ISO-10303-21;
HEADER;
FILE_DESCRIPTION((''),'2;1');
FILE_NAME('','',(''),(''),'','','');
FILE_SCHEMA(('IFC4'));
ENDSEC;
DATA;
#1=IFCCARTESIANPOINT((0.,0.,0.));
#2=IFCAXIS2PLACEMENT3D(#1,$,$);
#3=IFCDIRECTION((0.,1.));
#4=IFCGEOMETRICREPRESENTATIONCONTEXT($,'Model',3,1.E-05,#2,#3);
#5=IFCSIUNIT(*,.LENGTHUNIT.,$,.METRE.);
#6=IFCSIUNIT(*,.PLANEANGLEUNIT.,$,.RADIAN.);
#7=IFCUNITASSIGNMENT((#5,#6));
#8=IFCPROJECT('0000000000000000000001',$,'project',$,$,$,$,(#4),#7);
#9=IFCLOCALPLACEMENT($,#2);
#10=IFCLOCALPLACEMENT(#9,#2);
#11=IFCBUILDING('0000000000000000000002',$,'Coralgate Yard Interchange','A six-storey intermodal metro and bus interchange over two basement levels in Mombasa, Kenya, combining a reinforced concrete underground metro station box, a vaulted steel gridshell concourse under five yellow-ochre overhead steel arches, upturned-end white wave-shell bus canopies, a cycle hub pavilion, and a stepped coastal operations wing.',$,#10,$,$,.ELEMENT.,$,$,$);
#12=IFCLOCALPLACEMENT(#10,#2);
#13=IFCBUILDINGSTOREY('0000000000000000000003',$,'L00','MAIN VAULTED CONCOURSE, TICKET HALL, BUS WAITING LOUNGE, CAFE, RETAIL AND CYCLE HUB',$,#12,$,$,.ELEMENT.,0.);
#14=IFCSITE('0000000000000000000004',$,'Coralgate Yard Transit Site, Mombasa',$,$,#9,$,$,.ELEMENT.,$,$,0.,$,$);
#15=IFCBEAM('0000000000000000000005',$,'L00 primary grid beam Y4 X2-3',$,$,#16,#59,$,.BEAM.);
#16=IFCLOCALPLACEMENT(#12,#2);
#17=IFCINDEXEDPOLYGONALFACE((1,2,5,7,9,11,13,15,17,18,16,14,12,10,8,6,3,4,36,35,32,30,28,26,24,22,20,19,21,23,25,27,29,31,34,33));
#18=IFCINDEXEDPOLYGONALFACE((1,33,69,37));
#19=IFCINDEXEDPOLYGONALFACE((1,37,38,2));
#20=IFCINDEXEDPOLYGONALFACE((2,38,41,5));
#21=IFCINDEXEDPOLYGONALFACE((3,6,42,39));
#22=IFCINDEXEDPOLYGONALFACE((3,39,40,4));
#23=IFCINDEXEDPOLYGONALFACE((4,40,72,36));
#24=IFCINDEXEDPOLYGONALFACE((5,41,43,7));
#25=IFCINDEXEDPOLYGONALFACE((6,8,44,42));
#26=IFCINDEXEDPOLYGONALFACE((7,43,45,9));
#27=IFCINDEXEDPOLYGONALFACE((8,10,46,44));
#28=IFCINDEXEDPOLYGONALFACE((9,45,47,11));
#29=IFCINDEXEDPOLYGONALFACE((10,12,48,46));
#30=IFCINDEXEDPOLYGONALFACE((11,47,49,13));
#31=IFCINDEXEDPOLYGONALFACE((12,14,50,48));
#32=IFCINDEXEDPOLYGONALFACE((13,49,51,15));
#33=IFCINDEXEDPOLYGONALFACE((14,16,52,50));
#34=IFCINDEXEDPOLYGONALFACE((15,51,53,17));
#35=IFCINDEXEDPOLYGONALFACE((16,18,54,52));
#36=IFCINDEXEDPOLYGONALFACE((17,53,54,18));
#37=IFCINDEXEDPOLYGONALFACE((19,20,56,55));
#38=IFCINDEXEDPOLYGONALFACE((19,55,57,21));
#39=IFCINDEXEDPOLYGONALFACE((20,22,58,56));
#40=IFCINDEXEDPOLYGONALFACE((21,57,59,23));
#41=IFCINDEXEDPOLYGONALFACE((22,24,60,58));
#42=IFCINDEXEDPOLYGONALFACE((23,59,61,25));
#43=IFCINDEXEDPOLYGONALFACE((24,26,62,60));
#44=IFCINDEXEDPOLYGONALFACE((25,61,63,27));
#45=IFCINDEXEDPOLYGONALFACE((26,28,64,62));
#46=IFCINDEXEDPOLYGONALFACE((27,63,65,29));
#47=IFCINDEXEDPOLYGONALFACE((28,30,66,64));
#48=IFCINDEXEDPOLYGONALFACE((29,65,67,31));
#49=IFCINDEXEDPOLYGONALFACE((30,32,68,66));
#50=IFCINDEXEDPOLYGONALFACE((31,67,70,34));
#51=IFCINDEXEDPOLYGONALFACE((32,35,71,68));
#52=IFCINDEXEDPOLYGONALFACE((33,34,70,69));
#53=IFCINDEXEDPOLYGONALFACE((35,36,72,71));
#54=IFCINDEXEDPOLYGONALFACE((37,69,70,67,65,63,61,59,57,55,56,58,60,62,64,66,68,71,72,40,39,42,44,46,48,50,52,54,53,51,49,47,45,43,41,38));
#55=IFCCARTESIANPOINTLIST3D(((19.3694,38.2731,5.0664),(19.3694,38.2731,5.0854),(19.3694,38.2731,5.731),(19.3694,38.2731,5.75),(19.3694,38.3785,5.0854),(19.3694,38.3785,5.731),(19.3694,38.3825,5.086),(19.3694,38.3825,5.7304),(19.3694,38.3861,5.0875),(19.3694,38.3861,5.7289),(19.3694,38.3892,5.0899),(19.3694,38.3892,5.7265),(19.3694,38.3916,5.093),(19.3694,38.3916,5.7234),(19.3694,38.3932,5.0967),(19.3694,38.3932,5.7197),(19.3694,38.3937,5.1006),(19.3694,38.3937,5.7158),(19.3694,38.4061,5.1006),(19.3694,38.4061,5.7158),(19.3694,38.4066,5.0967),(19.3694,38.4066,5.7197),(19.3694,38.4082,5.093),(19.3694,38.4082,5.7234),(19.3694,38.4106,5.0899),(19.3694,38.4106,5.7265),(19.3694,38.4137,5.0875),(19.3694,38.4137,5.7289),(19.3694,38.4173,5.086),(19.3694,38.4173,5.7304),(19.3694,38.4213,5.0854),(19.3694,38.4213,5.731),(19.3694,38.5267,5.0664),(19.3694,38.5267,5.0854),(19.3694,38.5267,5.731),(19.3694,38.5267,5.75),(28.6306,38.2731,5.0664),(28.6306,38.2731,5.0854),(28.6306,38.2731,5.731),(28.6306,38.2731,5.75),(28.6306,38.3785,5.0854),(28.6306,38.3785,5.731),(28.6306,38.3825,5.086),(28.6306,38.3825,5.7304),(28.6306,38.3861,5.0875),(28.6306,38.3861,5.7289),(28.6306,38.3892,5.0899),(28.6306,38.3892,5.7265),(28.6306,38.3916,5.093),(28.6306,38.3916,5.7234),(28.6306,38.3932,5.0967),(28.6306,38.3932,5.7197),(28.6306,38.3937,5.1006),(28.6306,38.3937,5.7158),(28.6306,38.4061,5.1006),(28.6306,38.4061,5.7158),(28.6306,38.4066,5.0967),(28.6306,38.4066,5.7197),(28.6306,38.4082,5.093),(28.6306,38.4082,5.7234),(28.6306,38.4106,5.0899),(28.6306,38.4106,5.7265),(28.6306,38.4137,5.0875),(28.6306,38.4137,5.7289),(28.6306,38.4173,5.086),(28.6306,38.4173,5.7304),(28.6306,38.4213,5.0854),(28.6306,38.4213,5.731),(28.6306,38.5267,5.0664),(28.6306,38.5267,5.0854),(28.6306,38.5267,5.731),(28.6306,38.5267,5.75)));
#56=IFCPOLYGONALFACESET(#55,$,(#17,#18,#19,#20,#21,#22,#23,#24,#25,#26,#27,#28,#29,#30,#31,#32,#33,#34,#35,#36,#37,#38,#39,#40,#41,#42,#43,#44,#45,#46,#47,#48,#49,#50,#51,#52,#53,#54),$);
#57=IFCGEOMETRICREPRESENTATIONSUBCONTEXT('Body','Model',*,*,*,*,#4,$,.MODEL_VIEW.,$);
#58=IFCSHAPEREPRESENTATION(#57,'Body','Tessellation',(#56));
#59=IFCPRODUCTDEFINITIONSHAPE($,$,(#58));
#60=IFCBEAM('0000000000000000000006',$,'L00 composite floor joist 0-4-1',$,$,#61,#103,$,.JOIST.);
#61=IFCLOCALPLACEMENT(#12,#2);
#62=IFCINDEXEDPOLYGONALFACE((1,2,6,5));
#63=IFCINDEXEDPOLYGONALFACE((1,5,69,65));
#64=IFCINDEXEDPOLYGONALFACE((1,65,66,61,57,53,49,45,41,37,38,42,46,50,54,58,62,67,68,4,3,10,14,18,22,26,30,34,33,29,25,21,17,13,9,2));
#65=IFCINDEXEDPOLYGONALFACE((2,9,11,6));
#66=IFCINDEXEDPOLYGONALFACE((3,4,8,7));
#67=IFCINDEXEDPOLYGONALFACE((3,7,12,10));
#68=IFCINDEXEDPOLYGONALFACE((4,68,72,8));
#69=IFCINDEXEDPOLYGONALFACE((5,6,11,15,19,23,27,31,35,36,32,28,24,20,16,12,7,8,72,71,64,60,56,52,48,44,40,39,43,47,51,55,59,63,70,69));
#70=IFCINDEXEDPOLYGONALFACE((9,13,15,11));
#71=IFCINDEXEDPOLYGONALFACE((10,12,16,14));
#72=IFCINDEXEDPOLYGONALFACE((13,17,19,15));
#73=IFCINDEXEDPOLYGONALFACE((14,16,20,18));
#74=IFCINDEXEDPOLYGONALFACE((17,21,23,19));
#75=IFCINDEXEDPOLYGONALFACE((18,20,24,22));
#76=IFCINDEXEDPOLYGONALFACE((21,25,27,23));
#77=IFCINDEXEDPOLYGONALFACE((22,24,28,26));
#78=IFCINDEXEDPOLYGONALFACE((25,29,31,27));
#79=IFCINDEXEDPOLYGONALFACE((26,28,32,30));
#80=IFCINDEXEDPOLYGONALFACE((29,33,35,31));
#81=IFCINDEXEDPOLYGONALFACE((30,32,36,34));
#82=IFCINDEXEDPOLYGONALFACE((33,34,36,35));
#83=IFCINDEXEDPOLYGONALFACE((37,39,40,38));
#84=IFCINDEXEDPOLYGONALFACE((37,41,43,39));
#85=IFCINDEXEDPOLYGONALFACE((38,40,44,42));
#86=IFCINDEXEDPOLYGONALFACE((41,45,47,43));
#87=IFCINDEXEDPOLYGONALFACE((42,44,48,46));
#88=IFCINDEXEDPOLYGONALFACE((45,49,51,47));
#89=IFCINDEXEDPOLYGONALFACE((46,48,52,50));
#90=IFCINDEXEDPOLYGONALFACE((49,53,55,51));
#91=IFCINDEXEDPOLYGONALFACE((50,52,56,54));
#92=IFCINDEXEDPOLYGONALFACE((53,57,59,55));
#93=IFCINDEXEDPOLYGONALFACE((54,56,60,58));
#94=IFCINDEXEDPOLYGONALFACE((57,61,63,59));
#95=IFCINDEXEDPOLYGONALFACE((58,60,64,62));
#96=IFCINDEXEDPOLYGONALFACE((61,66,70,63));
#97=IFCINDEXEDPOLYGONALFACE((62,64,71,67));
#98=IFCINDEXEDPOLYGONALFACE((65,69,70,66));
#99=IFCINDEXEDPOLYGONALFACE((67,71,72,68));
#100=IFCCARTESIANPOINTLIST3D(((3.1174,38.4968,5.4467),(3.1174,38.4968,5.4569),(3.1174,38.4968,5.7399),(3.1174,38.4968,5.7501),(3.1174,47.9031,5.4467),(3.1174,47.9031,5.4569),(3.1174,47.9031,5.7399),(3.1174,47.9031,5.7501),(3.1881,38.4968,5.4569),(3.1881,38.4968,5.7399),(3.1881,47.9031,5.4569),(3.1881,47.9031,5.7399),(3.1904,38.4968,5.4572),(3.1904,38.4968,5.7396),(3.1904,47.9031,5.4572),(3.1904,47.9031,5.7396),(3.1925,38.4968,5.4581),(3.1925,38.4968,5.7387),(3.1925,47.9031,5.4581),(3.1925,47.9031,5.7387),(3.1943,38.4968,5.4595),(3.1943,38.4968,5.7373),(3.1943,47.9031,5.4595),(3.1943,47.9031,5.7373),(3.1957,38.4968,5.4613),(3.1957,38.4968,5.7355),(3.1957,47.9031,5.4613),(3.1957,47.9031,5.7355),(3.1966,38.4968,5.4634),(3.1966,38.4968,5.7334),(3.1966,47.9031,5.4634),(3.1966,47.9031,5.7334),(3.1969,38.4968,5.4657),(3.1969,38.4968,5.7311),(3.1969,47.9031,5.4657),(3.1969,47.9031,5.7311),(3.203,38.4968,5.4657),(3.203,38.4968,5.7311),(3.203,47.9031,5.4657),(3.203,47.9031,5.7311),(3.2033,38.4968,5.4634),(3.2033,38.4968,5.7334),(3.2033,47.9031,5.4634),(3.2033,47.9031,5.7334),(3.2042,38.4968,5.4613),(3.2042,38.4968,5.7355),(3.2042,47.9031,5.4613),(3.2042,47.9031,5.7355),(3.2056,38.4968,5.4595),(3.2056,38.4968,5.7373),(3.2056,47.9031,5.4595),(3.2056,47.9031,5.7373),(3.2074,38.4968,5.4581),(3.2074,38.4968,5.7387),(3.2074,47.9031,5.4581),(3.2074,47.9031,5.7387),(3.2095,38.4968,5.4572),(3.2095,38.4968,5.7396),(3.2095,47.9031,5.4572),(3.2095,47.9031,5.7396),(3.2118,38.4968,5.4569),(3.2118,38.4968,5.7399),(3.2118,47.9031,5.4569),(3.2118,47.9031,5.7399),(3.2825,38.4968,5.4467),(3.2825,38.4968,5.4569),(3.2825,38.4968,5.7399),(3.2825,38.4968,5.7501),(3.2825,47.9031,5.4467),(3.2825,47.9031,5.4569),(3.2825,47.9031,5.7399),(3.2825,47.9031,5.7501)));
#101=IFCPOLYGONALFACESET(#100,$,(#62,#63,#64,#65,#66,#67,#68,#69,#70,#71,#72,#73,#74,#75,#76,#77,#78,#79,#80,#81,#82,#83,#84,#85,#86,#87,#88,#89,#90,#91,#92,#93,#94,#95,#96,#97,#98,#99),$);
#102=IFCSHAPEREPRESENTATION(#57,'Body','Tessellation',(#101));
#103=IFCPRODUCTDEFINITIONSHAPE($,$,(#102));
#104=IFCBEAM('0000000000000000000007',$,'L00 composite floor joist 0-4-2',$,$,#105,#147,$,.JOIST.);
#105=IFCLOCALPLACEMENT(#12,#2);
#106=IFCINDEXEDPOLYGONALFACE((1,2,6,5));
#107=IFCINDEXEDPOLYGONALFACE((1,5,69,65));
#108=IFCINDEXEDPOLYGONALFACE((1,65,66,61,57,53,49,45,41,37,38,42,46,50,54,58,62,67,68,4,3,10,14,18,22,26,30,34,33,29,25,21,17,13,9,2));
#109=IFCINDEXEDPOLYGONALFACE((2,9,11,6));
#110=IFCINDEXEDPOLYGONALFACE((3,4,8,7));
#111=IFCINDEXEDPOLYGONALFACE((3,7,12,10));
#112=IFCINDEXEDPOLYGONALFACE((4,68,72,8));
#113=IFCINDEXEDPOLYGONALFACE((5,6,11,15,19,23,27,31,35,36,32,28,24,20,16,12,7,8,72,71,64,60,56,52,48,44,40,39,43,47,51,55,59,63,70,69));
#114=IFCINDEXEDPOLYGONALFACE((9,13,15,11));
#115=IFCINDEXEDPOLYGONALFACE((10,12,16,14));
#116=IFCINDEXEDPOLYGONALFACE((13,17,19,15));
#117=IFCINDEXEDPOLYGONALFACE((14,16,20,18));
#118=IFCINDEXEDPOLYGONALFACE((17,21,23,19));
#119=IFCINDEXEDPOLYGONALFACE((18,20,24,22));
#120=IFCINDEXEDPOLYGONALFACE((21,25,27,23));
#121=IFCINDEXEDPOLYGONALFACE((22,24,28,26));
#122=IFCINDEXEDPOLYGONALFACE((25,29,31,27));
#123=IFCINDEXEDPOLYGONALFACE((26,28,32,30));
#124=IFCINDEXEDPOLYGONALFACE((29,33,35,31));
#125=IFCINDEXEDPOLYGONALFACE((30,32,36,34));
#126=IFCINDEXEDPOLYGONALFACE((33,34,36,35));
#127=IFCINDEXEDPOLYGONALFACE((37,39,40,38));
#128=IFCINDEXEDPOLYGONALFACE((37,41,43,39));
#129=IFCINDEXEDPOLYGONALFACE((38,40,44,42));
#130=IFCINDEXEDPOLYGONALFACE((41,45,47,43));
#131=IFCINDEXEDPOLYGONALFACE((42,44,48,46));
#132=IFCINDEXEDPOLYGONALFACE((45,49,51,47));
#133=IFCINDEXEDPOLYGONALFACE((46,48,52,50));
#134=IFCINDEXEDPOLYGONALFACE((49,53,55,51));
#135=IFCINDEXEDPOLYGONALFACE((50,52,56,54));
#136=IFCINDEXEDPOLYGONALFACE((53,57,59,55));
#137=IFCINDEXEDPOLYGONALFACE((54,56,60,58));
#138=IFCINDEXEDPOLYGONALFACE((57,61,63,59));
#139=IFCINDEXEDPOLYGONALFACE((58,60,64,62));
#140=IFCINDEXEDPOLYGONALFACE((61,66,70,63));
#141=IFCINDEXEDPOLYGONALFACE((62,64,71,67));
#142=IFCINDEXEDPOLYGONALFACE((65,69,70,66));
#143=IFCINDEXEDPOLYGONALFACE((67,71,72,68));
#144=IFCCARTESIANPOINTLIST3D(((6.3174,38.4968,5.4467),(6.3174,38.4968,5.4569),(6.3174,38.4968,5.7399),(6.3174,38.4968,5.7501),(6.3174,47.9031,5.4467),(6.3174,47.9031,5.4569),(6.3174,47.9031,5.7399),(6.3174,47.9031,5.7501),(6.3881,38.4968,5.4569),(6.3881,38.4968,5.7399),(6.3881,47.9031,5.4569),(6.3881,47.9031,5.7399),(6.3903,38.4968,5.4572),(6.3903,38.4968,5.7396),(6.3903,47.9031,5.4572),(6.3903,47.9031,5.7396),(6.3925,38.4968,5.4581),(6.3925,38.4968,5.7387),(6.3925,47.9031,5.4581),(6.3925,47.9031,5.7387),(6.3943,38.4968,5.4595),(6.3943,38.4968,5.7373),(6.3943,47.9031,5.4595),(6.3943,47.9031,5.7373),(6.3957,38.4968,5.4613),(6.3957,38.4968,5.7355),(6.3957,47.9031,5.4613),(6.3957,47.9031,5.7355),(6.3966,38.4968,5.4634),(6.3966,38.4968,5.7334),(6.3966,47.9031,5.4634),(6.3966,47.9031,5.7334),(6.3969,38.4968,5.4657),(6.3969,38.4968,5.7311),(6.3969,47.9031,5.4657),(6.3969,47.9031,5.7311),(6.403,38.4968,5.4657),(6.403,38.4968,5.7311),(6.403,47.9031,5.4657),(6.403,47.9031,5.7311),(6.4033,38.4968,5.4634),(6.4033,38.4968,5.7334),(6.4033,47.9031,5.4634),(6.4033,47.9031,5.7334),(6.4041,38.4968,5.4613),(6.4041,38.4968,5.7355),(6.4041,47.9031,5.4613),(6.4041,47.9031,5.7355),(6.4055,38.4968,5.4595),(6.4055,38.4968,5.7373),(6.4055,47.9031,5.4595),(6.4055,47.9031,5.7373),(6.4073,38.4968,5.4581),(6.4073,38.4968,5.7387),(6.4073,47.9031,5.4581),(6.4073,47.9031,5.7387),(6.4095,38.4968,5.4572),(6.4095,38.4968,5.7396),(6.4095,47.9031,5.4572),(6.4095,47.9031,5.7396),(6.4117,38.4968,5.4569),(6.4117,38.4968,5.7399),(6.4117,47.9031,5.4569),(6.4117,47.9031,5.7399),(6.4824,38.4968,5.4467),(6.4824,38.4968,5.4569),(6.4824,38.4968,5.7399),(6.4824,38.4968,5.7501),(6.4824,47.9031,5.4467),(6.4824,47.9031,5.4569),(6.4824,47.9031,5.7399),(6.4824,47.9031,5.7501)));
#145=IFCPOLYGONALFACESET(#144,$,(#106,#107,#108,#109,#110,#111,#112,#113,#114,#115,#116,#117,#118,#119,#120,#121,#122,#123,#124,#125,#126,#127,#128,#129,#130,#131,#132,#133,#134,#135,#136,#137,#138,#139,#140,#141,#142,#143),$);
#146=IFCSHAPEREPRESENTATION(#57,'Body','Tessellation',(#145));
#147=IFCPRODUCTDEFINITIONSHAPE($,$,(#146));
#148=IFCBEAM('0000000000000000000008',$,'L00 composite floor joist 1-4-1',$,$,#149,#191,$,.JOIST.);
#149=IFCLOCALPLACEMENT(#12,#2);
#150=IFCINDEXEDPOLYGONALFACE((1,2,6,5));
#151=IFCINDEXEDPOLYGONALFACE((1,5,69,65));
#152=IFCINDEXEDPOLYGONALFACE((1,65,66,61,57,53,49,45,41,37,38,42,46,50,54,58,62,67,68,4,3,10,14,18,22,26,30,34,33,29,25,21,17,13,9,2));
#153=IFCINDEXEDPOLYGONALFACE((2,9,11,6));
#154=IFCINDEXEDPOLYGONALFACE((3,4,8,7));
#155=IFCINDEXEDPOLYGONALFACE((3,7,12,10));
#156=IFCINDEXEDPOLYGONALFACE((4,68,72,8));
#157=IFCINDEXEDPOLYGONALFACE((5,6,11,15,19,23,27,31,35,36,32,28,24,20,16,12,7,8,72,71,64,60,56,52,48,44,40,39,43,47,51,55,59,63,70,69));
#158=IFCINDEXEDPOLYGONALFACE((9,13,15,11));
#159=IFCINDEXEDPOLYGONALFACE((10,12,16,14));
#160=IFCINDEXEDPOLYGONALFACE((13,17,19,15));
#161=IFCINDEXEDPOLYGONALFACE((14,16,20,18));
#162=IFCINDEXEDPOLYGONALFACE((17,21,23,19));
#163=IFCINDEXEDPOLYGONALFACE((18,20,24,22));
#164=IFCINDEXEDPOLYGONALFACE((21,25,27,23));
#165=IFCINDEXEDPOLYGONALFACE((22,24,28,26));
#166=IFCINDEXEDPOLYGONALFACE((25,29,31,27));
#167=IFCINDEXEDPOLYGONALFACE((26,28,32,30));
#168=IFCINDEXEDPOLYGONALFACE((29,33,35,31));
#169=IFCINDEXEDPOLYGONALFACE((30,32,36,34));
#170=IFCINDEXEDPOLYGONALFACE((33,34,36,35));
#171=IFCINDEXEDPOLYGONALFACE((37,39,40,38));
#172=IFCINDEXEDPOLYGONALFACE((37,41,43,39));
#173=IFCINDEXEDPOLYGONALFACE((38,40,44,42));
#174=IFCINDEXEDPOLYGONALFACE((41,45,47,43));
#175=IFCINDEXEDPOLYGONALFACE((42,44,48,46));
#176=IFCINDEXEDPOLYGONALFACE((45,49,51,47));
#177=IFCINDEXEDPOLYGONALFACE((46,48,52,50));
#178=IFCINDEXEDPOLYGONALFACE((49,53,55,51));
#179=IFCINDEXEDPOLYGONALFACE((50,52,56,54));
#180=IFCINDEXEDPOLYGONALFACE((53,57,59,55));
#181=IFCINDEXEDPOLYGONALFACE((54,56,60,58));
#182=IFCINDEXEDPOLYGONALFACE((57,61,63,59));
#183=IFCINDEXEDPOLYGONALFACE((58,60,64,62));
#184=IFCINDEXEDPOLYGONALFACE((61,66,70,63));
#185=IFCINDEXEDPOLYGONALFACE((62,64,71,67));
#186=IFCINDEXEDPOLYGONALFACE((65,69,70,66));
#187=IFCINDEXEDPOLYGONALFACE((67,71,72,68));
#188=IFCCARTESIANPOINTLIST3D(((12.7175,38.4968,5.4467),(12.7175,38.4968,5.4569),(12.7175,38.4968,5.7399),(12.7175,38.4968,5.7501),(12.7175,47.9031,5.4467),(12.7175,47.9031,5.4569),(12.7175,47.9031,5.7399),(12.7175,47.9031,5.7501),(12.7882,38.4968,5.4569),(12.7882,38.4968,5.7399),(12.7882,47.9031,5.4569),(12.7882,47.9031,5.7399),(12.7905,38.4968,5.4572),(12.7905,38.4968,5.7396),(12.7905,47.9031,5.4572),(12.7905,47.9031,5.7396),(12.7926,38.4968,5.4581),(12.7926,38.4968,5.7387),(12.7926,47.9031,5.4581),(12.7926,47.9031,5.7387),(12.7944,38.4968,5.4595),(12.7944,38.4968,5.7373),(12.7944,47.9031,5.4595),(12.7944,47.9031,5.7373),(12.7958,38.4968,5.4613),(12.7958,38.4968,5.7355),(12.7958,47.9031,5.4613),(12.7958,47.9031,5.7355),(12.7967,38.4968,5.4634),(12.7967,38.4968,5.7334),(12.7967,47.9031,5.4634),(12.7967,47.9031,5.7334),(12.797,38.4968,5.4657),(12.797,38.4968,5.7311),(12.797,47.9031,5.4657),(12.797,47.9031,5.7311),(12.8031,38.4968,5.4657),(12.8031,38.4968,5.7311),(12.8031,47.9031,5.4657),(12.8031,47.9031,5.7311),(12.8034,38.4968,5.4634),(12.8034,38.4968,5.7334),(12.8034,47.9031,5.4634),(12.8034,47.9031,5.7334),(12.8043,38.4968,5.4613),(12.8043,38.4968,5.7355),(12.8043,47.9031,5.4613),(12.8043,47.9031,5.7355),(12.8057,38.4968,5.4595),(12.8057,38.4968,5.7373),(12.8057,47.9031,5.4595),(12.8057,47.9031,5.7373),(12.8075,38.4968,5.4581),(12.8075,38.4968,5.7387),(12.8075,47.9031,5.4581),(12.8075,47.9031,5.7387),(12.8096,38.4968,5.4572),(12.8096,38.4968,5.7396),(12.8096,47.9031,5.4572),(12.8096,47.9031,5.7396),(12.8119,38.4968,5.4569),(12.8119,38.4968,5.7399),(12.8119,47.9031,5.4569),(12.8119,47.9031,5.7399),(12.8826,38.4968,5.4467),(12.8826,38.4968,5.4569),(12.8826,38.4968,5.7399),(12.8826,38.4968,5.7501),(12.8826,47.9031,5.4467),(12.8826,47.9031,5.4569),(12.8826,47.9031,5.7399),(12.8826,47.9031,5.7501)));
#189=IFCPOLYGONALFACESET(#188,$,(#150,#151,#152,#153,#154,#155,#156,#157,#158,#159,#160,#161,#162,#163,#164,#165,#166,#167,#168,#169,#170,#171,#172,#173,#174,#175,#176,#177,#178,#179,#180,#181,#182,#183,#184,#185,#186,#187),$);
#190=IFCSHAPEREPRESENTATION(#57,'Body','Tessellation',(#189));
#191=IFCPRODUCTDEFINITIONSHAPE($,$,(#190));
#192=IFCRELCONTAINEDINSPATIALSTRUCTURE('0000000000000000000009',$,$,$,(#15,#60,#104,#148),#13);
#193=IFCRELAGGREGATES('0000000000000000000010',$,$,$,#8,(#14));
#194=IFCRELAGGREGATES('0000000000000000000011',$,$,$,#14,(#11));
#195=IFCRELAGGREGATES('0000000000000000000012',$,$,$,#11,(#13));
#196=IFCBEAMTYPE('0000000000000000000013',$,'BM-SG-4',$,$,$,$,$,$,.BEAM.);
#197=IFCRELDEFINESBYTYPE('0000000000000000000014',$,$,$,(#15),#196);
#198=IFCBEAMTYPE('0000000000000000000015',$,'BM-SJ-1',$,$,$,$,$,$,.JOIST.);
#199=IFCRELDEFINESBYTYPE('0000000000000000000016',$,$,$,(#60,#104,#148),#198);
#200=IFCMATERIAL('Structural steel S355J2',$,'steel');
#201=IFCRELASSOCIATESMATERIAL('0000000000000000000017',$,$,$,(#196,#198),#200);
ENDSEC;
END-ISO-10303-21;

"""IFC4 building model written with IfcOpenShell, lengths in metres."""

from ifc_helpers import new_model, si_unit, direction, frame, origin, origin_2d, place, context, subcontext, project, spatial, i_section, extrude, material, material_profile, profile_set, type_object, element, save


model = new_model("IFC4")

# Units and contexts
model_context = context("Model", 3, precision=1e-05, world=origin(), true_north=direction((0.0, 1.0)))
body_context = subcontext(model_context, "Body", "Model", "MODEL_VIEW")
ifc_project = project(units=[si_unit("LENGTHUNIT", "METRE"), si_unit("PLANEANGLEUNIT", "RADIAN")], contexts=[model_context])

# Site, building, storey
site_placement = place(None, origin())
site = spatial("IfcSite", under=ifc_project, at=site_placement, Name="Coralgate Yard Transit Site, Mombasa", CompositionType="ELEMENT", RefElevation=0.0)
building_placement = place(site_placement, origin())
building = spatial("IfcBuilding", under=site, at=building_placement, Name="Coralgate Yard Interchange", Description="A six-storey intermodal metro and bus interchange over two basement levels in Mombasa, Kenya, combining a reinforced concrete underground metro station box, a vaulted steel gridshell concourse under five yellow-ochre overhead steel arches, upturned-end white wave-shell bus canopies, a cycle hub pavilion, and a stepped coastal operations wing.", CompositionType="ELEMENT")
storey_placement = place(building_placement, origin())
storey = spatial("IfcBuildingStorey", under=building, at=storey_placement, Name="L00", Description="MAIN VAULTED CONCOURSE, TICKET HALL, BUS WAITING LOUNGE, CAFE, RETAIL AND CYCLE HUB", CompositionType="ELEMENT", Elevation=0.0)

# Shared definitions
ifc_material_1 = material(Name="Structural steel S355J2", Category="steel")

# Beams
ifc_material_profile_1 = material_profile(ifc_material_1, i_section(OverallWidth=0.2537, OverallDepth=0.6836, WebThickness=0.0125, FlangeThickness=0.019, FilletRadius=0.0151, at=origin_2d()), Name="UB 686x254x140")
ifc_profile_set_1 = profile_set([ifc_material_profile_1], Name="Structural steel S355J2")
beam_type_1 = type_object("IfcBeamType", Name="BM-SG-4", PredefinedType="BEAM", material=ifc_profile_set_1)
beam_1_placement = place(storey_placement, frame((19.3694, 38.3999, 5.4082), z_axis=(1.0, 0.0, 0.0), x_axis=(0.0, 1.0, 0.0)))
element("IfcBeam", 1, at=beam_1_placement, inside=storey, type_object=beam_type_1, Name="L00 primary grid beam Y4 X2-3", PredefinedType="BEAM", context=body_context, shape_type="SweptSolid", body=[
    extrude(i_section(OverallWidth=0.2537, OverallDepth=0.6836, WebThickness=0.0125, FlangeThickness=0.019, FilletRadius=0.0151, at=origin_2d()), origin(), (0.0, 0.0, 1.0), 9.2612),
])
ifc_material_profile_2 = material_profile(ifc_material_1, i_section(OverallWidth=0.165, OverallDepth=0.3035, WebThickness=0.0061, FlangeThickness=0.0103, FilletRadius=0.0088, at=origin_2d()), Name="UB 305x165x40")
ifc_profile_set_2 = profile_set([ifc_material_profile_2], Name="Structural steel S355J2")
beam_type_2 = type_object("IfcBeamType", Name="BM-SJ-1", PredefinedType="JOIST", material=ifc_profile_set_2)
for number, where, z_axis, x_axis, name in (
    (2, (3.2, 38.4968, 5.5984), (0.0, 1.0, 0.0), (-1.0, 0.0, 0.0), "L00 composite floor joist 0-4-1"),
    (3, (6.3999, 38.4968, 5.5984), (0.0, 1.0, 0.0), (-1.0, 0.0, 0.0), "L00 composite floor joist 0-4-2"),
    (4, (12.8, 38.4968, 5.5984), (0.0, 1.0, 0.0), (-1.0, 0.0, 0.0), "L00 composite floor joist 1-4-1"),
):
    element("IfcBeam", number, at=place(storey_placement, frame(where, z_axis=z_axis, x_axis=x_axis)), inside=storey, type_object=beam_type_2, Name=name, PredefinedType="JOIST", context=body_context, shape_type="SweptSolid", body=[
        extrude(i_section(OverallWidth=0.165, OverallDepth=0.3035, WebThickness=0.0061, FlangeThickness=0.0103, FilletRadius=0.0088, at=origin_2d()), origin(), (0.0, 0.0, 1.0), 9.4062),
    ])

save(model, "model.ifc")
